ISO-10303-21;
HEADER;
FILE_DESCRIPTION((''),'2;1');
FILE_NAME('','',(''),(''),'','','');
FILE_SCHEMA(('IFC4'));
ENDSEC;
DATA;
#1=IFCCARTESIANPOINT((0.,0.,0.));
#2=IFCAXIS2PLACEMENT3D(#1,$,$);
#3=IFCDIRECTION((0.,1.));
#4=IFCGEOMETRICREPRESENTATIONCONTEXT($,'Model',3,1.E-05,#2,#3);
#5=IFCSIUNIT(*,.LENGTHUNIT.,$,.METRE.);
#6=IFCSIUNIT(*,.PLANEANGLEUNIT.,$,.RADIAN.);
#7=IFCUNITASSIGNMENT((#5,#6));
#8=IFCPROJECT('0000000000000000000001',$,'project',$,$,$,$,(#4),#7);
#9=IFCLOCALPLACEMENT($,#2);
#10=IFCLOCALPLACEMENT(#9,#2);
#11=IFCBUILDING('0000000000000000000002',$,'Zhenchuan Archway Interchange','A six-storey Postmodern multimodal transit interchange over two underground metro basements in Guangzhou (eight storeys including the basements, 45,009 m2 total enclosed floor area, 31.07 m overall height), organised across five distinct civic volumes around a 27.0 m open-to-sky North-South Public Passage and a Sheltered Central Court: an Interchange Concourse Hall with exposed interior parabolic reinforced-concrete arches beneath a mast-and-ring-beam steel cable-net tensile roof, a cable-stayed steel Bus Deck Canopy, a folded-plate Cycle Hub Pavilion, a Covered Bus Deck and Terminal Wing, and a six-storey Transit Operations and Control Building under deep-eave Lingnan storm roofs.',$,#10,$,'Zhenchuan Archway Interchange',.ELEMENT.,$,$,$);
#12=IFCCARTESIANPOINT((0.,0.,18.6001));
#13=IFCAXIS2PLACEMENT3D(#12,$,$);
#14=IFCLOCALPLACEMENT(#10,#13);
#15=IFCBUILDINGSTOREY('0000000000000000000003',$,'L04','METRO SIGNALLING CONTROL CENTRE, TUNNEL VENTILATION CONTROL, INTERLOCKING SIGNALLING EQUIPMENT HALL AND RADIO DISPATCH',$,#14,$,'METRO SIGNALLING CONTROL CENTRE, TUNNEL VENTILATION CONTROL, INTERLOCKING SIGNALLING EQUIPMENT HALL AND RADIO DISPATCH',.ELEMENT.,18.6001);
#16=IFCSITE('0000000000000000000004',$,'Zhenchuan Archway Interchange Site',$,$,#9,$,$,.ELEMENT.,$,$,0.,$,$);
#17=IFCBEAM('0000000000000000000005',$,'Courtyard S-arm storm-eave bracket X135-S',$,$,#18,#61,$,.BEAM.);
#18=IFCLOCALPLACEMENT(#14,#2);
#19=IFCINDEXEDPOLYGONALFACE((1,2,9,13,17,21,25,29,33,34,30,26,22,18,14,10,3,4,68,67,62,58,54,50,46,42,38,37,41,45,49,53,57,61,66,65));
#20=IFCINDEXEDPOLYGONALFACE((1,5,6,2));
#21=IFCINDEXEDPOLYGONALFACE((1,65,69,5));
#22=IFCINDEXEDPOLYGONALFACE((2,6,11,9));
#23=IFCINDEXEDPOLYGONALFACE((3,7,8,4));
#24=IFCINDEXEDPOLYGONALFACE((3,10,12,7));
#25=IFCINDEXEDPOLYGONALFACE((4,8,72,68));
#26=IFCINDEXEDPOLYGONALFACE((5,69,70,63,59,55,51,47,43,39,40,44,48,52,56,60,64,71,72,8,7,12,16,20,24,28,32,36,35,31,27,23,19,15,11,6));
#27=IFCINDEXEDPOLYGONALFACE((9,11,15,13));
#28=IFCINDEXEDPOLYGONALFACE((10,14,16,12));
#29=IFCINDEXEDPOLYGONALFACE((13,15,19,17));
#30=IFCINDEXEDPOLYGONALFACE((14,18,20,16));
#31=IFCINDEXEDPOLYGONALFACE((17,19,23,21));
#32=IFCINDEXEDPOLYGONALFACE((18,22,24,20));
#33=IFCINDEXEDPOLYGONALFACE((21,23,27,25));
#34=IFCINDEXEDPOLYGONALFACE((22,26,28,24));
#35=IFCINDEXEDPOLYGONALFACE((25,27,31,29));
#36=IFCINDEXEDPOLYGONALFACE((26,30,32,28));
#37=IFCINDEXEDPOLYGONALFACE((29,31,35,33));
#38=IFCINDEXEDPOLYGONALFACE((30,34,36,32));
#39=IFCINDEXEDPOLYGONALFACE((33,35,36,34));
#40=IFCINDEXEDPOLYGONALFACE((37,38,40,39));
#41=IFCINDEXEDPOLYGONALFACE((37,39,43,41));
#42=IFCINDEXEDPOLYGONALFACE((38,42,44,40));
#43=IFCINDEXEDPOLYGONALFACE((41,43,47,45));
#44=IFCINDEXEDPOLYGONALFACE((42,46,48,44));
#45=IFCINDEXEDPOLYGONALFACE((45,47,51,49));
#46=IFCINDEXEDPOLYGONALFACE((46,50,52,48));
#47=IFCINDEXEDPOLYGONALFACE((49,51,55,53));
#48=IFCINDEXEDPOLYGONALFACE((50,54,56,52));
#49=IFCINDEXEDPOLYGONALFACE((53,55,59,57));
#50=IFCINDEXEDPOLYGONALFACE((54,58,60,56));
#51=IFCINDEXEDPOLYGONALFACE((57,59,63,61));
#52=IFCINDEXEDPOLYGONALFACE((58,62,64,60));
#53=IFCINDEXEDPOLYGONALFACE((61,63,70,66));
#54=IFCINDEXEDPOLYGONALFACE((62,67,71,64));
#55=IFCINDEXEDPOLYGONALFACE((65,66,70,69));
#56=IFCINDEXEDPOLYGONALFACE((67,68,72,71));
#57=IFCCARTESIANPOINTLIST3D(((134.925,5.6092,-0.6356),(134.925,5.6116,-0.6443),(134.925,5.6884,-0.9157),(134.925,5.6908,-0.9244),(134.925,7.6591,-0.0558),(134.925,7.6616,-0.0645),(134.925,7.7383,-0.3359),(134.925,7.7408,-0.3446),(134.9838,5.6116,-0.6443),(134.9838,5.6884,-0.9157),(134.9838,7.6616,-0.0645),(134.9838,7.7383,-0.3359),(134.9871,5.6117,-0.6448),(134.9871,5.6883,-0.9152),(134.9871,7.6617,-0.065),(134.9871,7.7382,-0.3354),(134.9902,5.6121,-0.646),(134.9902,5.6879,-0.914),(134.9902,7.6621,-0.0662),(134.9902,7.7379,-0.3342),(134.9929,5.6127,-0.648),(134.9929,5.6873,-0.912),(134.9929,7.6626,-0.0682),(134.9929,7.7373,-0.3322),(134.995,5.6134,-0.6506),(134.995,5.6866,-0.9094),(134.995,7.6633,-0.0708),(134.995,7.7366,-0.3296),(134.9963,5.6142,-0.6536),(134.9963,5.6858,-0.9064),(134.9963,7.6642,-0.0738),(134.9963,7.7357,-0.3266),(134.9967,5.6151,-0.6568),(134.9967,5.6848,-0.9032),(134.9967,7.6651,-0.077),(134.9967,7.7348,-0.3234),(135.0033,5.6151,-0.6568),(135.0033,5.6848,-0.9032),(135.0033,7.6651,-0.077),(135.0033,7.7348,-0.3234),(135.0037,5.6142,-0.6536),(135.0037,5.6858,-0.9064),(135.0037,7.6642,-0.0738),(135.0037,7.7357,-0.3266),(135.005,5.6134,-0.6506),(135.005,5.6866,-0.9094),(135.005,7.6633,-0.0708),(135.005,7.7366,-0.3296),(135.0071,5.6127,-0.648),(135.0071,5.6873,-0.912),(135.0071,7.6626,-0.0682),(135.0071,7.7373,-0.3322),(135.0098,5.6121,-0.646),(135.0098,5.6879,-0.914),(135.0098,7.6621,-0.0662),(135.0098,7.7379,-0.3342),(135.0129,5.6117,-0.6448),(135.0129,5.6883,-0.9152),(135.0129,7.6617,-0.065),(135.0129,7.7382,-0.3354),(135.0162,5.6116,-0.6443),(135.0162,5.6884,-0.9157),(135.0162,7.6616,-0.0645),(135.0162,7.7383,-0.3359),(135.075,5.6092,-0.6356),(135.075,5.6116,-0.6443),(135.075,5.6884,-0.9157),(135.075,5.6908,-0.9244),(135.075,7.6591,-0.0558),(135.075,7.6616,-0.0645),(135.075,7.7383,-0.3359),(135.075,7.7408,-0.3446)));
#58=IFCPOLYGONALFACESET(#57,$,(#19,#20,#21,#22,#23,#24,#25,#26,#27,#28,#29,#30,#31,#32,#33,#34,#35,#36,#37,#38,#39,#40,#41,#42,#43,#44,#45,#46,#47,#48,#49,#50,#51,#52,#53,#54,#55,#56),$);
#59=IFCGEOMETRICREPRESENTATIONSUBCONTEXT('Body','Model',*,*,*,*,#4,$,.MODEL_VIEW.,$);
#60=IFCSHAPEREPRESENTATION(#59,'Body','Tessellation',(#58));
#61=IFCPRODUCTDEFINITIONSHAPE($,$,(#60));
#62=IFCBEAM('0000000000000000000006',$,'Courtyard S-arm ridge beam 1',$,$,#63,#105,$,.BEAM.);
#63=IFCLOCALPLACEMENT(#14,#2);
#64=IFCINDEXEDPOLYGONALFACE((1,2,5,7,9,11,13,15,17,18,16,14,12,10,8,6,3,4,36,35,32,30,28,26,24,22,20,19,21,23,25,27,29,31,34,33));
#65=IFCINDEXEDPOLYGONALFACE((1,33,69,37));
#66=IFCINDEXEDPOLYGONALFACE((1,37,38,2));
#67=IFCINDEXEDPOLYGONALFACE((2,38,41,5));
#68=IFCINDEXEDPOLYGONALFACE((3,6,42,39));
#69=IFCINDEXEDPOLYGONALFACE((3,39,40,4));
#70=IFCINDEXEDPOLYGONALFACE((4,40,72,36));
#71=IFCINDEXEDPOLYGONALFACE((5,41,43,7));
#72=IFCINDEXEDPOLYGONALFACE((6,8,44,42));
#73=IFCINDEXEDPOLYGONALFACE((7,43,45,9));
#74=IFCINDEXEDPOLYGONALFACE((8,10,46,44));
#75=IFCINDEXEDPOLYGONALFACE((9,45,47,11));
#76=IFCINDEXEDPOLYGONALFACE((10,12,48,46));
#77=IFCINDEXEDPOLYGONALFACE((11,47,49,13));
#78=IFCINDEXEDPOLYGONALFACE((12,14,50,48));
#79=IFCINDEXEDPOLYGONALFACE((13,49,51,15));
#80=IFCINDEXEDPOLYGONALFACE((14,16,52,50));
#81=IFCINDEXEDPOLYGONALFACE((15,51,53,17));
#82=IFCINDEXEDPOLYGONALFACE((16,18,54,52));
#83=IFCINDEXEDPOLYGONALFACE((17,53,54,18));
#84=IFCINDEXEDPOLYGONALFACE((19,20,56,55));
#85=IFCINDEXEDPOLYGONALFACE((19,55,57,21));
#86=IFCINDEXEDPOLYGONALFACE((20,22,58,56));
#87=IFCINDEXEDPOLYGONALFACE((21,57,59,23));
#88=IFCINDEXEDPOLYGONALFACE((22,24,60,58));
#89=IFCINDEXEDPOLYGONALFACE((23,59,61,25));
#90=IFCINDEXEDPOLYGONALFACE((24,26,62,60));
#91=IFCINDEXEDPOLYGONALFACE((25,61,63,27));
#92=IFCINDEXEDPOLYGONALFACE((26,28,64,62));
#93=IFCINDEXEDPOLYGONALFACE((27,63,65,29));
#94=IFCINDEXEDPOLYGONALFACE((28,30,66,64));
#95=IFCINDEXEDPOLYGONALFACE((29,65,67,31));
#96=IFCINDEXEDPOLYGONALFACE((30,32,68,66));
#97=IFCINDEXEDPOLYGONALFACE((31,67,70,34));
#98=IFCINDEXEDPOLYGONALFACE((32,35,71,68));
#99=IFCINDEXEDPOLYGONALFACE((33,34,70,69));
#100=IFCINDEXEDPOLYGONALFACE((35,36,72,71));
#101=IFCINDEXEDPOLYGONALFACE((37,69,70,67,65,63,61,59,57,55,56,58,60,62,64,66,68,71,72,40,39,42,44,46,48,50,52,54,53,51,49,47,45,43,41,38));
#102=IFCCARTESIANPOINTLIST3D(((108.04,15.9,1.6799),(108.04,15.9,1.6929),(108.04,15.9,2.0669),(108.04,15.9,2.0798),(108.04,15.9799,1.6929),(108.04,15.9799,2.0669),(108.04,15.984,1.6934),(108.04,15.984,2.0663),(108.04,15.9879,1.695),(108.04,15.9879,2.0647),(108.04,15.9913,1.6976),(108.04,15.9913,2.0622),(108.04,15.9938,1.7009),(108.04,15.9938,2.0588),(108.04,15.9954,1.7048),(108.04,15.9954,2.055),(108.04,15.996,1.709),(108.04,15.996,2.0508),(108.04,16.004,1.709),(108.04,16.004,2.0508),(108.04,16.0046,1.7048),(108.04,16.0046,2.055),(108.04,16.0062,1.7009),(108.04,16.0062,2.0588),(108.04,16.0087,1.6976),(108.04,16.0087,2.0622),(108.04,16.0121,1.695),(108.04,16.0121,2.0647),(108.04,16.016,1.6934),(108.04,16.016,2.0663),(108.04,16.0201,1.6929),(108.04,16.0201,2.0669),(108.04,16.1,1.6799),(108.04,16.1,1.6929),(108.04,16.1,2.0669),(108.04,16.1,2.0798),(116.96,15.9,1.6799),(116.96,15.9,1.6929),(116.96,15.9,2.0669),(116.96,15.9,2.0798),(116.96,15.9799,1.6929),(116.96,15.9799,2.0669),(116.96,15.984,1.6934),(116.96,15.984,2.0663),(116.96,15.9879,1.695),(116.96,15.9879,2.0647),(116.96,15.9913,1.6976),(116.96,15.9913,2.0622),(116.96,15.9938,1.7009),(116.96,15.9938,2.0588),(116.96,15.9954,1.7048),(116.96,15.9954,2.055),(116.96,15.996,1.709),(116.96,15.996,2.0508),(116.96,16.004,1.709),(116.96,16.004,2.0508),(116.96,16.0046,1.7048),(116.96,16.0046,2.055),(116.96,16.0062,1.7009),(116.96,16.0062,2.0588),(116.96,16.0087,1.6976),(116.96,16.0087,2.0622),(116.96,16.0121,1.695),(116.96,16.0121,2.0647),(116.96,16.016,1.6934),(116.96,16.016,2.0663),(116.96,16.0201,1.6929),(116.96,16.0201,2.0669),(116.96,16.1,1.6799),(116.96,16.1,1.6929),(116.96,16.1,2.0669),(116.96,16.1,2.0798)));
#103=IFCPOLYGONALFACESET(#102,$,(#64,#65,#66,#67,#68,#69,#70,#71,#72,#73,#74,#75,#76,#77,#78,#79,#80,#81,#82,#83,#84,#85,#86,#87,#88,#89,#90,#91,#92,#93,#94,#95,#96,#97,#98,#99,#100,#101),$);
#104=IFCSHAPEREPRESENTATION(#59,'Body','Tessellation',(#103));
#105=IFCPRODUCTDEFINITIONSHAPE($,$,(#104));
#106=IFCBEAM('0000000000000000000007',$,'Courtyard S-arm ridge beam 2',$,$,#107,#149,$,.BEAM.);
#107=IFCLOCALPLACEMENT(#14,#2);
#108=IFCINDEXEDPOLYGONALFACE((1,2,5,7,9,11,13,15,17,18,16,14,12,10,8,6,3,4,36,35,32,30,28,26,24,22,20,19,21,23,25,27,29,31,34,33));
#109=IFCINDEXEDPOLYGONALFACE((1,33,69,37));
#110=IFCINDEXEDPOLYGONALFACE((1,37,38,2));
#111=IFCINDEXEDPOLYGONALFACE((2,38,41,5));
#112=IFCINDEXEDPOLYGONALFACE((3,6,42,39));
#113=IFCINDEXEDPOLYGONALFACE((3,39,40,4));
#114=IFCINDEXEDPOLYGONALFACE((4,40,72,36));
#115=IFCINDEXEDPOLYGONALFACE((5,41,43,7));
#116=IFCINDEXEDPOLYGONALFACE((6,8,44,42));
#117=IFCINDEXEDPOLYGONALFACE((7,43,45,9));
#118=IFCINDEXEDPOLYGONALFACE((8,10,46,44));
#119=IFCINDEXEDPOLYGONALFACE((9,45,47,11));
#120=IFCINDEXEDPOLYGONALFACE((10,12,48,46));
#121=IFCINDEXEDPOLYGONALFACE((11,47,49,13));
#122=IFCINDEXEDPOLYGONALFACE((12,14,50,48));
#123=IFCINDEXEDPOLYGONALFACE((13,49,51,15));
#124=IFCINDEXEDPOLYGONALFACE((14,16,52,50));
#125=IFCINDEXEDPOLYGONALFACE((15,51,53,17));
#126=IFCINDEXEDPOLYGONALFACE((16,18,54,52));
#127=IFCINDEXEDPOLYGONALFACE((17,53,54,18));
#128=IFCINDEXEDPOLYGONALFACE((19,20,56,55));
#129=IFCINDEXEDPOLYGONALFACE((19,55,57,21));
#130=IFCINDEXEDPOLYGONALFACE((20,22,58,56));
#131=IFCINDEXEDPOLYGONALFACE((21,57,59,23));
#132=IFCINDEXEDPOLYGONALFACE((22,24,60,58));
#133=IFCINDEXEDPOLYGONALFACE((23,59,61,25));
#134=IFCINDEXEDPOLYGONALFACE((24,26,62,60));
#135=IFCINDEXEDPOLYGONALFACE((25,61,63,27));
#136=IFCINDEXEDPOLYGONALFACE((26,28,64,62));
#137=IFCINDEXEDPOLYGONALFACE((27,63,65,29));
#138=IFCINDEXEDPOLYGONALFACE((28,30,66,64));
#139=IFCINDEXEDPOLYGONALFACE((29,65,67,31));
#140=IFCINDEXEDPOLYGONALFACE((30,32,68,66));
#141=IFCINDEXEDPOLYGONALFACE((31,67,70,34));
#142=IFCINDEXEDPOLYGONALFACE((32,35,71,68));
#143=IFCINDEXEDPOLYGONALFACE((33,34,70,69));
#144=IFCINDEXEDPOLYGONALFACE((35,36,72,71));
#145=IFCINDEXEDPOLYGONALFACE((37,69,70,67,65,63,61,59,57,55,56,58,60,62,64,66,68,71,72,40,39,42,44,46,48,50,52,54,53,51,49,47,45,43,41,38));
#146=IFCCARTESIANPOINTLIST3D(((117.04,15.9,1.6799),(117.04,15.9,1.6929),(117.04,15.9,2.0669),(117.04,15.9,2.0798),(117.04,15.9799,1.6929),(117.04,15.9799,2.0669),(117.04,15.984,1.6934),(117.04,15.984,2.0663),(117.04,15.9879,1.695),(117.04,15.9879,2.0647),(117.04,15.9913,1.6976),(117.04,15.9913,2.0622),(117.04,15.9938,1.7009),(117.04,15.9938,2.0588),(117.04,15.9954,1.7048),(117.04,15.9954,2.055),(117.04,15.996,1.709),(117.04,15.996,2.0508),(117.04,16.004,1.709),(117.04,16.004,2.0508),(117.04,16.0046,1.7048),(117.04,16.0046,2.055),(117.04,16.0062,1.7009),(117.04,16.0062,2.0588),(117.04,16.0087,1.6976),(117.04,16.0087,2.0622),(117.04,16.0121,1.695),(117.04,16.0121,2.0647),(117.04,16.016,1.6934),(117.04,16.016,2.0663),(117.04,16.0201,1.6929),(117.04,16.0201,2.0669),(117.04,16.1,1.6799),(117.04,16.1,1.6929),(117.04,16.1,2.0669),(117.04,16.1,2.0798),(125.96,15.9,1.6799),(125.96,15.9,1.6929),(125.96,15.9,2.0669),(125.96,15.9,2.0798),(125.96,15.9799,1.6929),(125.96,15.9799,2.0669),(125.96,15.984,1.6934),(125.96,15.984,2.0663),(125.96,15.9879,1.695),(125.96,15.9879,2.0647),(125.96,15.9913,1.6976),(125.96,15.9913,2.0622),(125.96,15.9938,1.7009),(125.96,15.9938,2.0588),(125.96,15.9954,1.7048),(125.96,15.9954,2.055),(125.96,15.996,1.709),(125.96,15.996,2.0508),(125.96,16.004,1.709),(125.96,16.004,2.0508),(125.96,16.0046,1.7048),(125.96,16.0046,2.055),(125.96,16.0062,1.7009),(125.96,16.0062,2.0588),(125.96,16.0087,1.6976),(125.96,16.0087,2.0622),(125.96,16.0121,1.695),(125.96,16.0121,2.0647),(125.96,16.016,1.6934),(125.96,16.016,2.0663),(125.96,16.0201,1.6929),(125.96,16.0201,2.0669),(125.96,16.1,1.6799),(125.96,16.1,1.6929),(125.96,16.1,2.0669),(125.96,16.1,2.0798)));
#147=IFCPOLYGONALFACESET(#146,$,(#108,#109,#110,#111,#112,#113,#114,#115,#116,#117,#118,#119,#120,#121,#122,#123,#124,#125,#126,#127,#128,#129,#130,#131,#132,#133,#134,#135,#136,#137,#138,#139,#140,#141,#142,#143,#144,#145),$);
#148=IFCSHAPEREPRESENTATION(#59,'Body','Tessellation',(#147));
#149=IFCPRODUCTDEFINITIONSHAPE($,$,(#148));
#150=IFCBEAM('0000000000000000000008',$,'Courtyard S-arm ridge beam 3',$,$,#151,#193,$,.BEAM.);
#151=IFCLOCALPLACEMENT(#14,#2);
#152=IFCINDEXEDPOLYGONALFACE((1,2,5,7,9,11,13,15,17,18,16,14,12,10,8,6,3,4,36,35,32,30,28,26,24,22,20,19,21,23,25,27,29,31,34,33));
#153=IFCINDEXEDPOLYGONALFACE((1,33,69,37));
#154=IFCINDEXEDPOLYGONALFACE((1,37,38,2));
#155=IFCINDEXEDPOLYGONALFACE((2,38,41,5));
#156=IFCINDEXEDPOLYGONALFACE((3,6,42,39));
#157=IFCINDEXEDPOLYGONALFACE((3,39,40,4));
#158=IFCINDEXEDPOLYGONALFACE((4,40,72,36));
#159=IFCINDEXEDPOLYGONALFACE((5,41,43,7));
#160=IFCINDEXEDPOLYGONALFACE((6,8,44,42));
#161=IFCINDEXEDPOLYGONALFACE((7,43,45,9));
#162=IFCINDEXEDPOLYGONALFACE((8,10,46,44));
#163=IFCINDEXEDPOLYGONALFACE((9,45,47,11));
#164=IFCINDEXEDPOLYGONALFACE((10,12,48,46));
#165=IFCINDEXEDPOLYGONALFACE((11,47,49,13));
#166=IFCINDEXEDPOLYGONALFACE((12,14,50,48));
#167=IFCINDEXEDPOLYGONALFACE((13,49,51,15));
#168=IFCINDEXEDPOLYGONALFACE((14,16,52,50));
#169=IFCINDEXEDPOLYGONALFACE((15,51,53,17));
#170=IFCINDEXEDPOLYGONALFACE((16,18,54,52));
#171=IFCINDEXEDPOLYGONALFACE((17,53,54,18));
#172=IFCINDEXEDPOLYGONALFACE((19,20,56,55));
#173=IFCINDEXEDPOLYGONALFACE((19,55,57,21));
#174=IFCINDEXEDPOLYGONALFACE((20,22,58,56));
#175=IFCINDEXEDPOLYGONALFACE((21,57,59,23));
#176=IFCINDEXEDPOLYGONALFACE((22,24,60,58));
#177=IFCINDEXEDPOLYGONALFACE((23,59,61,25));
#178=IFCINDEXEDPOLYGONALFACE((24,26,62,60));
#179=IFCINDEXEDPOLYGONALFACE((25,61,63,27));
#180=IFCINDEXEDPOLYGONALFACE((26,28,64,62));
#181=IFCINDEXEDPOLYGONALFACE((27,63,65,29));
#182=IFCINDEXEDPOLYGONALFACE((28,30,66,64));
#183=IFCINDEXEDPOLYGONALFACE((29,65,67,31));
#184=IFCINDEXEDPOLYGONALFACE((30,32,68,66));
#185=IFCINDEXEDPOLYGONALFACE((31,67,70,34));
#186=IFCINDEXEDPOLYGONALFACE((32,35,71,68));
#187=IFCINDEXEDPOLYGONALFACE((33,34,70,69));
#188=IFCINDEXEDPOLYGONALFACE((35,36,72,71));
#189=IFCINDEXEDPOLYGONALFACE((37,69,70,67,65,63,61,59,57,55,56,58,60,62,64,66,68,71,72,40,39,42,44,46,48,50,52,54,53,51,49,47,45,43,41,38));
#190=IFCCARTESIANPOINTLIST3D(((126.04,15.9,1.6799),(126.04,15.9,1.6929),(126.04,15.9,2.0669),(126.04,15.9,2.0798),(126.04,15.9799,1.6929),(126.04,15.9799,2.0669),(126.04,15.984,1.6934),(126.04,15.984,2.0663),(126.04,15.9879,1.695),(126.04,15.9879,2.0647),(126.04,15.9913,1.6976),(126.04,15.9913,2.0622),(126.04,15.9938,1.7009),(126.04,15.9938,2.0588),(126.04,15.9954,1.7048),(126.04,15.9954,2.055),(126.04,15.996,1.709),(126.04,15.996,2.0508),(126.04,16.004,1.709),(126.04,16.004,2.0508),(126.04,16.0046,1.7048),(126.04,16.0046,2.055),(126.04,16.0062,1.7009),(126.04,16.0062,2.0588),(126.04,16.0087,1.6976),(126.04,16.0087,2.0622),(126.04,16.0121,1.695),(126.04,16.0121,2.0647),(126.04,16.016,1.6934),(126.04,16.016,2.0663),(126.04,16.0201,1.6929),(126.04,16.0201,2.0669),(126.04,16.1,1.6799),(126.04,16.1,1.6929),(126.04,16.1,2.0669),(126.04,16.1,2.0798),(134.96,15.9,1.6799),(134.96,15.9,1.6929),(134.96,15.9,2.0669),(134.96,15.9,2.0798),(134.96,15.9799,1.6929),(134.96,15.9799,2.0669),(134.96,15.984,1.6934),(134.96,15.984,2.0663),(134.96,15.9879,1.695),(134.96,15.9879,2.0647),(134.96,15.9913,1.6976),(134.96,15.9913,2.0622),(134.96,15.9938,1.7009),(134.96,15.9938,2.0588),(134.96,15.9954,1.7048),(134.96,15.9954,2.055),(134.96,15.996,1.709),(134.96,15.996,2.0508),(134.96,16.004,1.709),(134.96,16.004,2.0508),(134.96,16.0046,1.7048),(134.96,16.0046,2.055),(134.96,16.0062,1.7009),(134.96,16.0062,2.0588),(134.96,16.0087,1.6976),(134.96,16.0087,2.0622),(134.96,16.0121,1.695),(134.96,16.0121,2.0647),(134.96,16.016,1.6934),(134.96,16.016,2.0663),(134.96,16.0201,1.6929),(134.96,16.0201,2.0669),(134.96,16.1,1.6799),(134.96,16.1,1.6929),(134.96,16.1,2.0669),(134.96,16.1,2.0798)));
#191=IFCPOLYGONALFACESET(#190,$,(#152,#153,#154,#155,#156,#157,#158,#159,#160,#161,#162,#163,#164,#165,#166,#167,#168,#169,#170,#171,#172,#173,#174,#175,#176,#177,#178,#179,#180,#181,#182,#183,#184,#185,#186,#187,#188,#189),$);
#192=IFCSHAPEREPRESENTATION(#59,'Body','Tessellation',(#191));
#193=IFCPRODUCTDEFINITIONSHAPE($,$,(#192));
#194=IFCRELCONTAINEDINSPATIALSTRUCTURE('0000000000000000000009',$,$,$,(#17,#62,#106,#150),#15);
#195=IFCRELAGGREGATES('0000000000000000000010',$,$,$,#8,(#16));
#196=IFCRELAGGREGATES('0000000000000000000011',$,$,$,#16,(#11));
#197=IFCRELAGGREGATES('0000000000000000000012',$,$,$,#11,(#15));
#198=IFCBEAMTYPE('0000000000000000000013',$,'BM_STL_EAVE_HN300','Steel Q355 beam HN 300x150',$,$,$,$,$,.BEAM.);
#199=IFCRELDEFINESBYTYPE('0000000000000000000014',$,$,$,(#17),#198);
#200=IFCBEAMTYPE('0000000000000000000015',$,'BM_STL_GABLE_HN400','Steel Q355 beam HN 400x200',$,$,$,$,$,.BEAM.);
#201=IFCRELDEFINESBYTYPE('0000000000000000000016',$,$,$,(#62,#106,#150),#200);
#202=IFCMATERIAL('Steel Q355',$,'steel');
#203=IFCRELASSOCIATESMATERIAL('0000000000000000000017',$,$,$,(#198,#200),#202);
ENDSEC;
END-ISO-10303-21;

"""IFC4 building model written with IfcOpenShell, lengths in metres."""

from ifc_helpers import new_model, si_unit, direction, frame, origin, origin_2d, place, context, subcontext, project, spatial, i_section, extrude, material, material_profile, profile_set, type_object, element, save


model = new_model("IFC4")

# Units and contexts
model_context = context("Model", 3, precision=1e-05, world=origin(), true_north=direction((0.0, 1.0)))
body_context = subcontext(model_context, "Body", "Model", "MODEL_VIEW")
ifc_project = project(units=[si_unit("LENGTHUNIT", "METRE"), si_unit("PLANEANGLEUNIT", "RADIAN")], contexts=[model_context])

# Site, building, storey
site_placement = place(None, origin())
site = spatial("IfcSite", under=ifc_project, at=site_placement, Name="Zhenchuan Archway Interchange Site", CompositionType="ELEMENT", RefElevation=0.0)
building_placement = place(site_placement, origin())
building = spatial("IfcBuilding", under=site, at=building_placement, Name="Zhenchuan Archway Interchange", Description="A six-storey Postmodern multimodal transit interchange over two underground metro basements in Guangzhou (eight storeys including the basements, 45,009 m2 total enclosed floor area, 31.07 m overall height), organised across five distinct civic volumes around a 27.0 m open-to-sky North-South Public Passage and a Sheltered Central Court: an Interchange Concourse Hall with exposed interior parabolic reinforced-concrete arches beneath a mast-and-ring-beam steel cable-net tensile roof, a cable-stayed steel Bus Deck Canopy, a folded-plate Cycle Hub Pavilion, a Covered Bus Deck and Terminal Wing, and a six-storey Transit Operations and Control Building under deep-eave Lingnan storm roofs.", LongName="Zhenchuan Archway Interchange", CompositionType="ELEMENT")
storey_placement = place(building_placement, frame((0.0, 0.0, 18.6001)))
storey = spatial("IfcBuildingStorey", under=building, at=storey_placement, Name="L04", Description="METRO SIGNALLING CONTROL CENTRE, TUNNEL VENTILATION CONTROL, INTERLOCKING SIGNALLING EQUIPMENT HALL AND RADIO DISPATCH", LongName="METRO SIGNALLING CONTROL CENTRE, TUNNEL VENTILATION CONTROL, INTERLOCKING SIGNALLING EQUIPMENT HALL AND RADIO DISPATCH", CompositionType="ELEMENT", Elevation=18.6001)

# Shared definitions
ifc_material_1 = material(Name="Steel Q355", Category="steel")

# Beams
ifc_material_profile_1 = material_profile(ifc_material_1, i_section(OverallWidth=0.1499, OverallDepth=0.3, WebThickness=0.0066, FlangeThickness=0.009, FilletRadius=0.0129, at=origin_2d()), Name="HN 300x150")
ifc_profile_set_1 = profile_set([ifc_material_profile_1], Name="Steel Q355")
beam_type_1 = type_object("IfcBeamType", Name="BM_STL_EAVE_HN300", Description="Steel Q355 beam HN 300x150", PredefinedType="BEAM", material=ifc_profile_set_1)
for number, where, z_axis, x_axis, name in (
    (1, (135.0, 7.7, -0.2002), (0.0, -0.962251, -0.272162), (1.0, 0.0, 0.0), "Courtyard S-arm storm-eave bracket X135-S"),
):
    element("IfcBeam", number, at=place(storey_placement, frame(where, z_axis=z_axis, x_axis=x_axis)), inside=storey, type_object=beam_type_1, Name=name, PredefinedType="BEAM", context=body_context, shape_type="SweptSolid", body=[
        extrude(i_section(OverallWidth=0.1499, OverallDepth=0.3, WebThickness=0.0066, FlangeThickness=0.009, FilletRadius=0.0129, at=origin_2d()), origin(), (0.0, 0.0, 1.0), 2.1304),
    ])
ifc_material_profile_2 = material_profile(ifc_material_1, i_section(OverallWidth=0.2, OverallDepth=0.3999, WebThickness=0.0081, FlangeThickness=0.0129, FilletRadius=0.0161, at=origin_2d()), Name="HN 400x200")
ifc_profile_set_2 = profile_set([ifc_material_profile_2], Name="Steel Q355")
beam_type_2 = type_object("IfcBeamType", Name="BM_STL_GABLE_HN400", Description="Steel Q355 beam HN 400x200", PredefinedType="BEAM", material=ifc_profile_set_2)
for number, where, z_axis, x_axis, name in (
    (2, (108.04, 16.0, 1.8799), (1.0, 0.0, 0.0), (0.0, 1.0, 0.0), "Courtyard S-arm ridge beam 1"),
    (3, (117.04, 16.0, 1.8799), (1.0, 0.0, 0.0), (0.0, 1.0, 0.0), "Courtyard S-arm ridge beam 2"),
    (4, (126.04, 16.0, 1.8799), (1.0, 0.0, 0.0), (0.0, 1.0, 0.0), "Courtyard S-arm ridge beam 3"),
):
    element("IfcBeam", number, at=place(storey_placement, frame(where, z_axis=z_axis, x_axis=x_axis)), inside=storey, type_object=beam_type_2, Name=name, PredefinedType="BEAM", context=body_context, shape_type="SweptSolid", body=[
        extrude(i_section(OverallWidth=0.2, OverallDepth=0.3999, WebThickness=0.0081, FlangeThickness=0.0129, FilletRadius=0.0161, at=origin_2d()), origin(), (0.0, 0.0, 1.0), 8.9199),
    ])

save(model, "model.ifc")
